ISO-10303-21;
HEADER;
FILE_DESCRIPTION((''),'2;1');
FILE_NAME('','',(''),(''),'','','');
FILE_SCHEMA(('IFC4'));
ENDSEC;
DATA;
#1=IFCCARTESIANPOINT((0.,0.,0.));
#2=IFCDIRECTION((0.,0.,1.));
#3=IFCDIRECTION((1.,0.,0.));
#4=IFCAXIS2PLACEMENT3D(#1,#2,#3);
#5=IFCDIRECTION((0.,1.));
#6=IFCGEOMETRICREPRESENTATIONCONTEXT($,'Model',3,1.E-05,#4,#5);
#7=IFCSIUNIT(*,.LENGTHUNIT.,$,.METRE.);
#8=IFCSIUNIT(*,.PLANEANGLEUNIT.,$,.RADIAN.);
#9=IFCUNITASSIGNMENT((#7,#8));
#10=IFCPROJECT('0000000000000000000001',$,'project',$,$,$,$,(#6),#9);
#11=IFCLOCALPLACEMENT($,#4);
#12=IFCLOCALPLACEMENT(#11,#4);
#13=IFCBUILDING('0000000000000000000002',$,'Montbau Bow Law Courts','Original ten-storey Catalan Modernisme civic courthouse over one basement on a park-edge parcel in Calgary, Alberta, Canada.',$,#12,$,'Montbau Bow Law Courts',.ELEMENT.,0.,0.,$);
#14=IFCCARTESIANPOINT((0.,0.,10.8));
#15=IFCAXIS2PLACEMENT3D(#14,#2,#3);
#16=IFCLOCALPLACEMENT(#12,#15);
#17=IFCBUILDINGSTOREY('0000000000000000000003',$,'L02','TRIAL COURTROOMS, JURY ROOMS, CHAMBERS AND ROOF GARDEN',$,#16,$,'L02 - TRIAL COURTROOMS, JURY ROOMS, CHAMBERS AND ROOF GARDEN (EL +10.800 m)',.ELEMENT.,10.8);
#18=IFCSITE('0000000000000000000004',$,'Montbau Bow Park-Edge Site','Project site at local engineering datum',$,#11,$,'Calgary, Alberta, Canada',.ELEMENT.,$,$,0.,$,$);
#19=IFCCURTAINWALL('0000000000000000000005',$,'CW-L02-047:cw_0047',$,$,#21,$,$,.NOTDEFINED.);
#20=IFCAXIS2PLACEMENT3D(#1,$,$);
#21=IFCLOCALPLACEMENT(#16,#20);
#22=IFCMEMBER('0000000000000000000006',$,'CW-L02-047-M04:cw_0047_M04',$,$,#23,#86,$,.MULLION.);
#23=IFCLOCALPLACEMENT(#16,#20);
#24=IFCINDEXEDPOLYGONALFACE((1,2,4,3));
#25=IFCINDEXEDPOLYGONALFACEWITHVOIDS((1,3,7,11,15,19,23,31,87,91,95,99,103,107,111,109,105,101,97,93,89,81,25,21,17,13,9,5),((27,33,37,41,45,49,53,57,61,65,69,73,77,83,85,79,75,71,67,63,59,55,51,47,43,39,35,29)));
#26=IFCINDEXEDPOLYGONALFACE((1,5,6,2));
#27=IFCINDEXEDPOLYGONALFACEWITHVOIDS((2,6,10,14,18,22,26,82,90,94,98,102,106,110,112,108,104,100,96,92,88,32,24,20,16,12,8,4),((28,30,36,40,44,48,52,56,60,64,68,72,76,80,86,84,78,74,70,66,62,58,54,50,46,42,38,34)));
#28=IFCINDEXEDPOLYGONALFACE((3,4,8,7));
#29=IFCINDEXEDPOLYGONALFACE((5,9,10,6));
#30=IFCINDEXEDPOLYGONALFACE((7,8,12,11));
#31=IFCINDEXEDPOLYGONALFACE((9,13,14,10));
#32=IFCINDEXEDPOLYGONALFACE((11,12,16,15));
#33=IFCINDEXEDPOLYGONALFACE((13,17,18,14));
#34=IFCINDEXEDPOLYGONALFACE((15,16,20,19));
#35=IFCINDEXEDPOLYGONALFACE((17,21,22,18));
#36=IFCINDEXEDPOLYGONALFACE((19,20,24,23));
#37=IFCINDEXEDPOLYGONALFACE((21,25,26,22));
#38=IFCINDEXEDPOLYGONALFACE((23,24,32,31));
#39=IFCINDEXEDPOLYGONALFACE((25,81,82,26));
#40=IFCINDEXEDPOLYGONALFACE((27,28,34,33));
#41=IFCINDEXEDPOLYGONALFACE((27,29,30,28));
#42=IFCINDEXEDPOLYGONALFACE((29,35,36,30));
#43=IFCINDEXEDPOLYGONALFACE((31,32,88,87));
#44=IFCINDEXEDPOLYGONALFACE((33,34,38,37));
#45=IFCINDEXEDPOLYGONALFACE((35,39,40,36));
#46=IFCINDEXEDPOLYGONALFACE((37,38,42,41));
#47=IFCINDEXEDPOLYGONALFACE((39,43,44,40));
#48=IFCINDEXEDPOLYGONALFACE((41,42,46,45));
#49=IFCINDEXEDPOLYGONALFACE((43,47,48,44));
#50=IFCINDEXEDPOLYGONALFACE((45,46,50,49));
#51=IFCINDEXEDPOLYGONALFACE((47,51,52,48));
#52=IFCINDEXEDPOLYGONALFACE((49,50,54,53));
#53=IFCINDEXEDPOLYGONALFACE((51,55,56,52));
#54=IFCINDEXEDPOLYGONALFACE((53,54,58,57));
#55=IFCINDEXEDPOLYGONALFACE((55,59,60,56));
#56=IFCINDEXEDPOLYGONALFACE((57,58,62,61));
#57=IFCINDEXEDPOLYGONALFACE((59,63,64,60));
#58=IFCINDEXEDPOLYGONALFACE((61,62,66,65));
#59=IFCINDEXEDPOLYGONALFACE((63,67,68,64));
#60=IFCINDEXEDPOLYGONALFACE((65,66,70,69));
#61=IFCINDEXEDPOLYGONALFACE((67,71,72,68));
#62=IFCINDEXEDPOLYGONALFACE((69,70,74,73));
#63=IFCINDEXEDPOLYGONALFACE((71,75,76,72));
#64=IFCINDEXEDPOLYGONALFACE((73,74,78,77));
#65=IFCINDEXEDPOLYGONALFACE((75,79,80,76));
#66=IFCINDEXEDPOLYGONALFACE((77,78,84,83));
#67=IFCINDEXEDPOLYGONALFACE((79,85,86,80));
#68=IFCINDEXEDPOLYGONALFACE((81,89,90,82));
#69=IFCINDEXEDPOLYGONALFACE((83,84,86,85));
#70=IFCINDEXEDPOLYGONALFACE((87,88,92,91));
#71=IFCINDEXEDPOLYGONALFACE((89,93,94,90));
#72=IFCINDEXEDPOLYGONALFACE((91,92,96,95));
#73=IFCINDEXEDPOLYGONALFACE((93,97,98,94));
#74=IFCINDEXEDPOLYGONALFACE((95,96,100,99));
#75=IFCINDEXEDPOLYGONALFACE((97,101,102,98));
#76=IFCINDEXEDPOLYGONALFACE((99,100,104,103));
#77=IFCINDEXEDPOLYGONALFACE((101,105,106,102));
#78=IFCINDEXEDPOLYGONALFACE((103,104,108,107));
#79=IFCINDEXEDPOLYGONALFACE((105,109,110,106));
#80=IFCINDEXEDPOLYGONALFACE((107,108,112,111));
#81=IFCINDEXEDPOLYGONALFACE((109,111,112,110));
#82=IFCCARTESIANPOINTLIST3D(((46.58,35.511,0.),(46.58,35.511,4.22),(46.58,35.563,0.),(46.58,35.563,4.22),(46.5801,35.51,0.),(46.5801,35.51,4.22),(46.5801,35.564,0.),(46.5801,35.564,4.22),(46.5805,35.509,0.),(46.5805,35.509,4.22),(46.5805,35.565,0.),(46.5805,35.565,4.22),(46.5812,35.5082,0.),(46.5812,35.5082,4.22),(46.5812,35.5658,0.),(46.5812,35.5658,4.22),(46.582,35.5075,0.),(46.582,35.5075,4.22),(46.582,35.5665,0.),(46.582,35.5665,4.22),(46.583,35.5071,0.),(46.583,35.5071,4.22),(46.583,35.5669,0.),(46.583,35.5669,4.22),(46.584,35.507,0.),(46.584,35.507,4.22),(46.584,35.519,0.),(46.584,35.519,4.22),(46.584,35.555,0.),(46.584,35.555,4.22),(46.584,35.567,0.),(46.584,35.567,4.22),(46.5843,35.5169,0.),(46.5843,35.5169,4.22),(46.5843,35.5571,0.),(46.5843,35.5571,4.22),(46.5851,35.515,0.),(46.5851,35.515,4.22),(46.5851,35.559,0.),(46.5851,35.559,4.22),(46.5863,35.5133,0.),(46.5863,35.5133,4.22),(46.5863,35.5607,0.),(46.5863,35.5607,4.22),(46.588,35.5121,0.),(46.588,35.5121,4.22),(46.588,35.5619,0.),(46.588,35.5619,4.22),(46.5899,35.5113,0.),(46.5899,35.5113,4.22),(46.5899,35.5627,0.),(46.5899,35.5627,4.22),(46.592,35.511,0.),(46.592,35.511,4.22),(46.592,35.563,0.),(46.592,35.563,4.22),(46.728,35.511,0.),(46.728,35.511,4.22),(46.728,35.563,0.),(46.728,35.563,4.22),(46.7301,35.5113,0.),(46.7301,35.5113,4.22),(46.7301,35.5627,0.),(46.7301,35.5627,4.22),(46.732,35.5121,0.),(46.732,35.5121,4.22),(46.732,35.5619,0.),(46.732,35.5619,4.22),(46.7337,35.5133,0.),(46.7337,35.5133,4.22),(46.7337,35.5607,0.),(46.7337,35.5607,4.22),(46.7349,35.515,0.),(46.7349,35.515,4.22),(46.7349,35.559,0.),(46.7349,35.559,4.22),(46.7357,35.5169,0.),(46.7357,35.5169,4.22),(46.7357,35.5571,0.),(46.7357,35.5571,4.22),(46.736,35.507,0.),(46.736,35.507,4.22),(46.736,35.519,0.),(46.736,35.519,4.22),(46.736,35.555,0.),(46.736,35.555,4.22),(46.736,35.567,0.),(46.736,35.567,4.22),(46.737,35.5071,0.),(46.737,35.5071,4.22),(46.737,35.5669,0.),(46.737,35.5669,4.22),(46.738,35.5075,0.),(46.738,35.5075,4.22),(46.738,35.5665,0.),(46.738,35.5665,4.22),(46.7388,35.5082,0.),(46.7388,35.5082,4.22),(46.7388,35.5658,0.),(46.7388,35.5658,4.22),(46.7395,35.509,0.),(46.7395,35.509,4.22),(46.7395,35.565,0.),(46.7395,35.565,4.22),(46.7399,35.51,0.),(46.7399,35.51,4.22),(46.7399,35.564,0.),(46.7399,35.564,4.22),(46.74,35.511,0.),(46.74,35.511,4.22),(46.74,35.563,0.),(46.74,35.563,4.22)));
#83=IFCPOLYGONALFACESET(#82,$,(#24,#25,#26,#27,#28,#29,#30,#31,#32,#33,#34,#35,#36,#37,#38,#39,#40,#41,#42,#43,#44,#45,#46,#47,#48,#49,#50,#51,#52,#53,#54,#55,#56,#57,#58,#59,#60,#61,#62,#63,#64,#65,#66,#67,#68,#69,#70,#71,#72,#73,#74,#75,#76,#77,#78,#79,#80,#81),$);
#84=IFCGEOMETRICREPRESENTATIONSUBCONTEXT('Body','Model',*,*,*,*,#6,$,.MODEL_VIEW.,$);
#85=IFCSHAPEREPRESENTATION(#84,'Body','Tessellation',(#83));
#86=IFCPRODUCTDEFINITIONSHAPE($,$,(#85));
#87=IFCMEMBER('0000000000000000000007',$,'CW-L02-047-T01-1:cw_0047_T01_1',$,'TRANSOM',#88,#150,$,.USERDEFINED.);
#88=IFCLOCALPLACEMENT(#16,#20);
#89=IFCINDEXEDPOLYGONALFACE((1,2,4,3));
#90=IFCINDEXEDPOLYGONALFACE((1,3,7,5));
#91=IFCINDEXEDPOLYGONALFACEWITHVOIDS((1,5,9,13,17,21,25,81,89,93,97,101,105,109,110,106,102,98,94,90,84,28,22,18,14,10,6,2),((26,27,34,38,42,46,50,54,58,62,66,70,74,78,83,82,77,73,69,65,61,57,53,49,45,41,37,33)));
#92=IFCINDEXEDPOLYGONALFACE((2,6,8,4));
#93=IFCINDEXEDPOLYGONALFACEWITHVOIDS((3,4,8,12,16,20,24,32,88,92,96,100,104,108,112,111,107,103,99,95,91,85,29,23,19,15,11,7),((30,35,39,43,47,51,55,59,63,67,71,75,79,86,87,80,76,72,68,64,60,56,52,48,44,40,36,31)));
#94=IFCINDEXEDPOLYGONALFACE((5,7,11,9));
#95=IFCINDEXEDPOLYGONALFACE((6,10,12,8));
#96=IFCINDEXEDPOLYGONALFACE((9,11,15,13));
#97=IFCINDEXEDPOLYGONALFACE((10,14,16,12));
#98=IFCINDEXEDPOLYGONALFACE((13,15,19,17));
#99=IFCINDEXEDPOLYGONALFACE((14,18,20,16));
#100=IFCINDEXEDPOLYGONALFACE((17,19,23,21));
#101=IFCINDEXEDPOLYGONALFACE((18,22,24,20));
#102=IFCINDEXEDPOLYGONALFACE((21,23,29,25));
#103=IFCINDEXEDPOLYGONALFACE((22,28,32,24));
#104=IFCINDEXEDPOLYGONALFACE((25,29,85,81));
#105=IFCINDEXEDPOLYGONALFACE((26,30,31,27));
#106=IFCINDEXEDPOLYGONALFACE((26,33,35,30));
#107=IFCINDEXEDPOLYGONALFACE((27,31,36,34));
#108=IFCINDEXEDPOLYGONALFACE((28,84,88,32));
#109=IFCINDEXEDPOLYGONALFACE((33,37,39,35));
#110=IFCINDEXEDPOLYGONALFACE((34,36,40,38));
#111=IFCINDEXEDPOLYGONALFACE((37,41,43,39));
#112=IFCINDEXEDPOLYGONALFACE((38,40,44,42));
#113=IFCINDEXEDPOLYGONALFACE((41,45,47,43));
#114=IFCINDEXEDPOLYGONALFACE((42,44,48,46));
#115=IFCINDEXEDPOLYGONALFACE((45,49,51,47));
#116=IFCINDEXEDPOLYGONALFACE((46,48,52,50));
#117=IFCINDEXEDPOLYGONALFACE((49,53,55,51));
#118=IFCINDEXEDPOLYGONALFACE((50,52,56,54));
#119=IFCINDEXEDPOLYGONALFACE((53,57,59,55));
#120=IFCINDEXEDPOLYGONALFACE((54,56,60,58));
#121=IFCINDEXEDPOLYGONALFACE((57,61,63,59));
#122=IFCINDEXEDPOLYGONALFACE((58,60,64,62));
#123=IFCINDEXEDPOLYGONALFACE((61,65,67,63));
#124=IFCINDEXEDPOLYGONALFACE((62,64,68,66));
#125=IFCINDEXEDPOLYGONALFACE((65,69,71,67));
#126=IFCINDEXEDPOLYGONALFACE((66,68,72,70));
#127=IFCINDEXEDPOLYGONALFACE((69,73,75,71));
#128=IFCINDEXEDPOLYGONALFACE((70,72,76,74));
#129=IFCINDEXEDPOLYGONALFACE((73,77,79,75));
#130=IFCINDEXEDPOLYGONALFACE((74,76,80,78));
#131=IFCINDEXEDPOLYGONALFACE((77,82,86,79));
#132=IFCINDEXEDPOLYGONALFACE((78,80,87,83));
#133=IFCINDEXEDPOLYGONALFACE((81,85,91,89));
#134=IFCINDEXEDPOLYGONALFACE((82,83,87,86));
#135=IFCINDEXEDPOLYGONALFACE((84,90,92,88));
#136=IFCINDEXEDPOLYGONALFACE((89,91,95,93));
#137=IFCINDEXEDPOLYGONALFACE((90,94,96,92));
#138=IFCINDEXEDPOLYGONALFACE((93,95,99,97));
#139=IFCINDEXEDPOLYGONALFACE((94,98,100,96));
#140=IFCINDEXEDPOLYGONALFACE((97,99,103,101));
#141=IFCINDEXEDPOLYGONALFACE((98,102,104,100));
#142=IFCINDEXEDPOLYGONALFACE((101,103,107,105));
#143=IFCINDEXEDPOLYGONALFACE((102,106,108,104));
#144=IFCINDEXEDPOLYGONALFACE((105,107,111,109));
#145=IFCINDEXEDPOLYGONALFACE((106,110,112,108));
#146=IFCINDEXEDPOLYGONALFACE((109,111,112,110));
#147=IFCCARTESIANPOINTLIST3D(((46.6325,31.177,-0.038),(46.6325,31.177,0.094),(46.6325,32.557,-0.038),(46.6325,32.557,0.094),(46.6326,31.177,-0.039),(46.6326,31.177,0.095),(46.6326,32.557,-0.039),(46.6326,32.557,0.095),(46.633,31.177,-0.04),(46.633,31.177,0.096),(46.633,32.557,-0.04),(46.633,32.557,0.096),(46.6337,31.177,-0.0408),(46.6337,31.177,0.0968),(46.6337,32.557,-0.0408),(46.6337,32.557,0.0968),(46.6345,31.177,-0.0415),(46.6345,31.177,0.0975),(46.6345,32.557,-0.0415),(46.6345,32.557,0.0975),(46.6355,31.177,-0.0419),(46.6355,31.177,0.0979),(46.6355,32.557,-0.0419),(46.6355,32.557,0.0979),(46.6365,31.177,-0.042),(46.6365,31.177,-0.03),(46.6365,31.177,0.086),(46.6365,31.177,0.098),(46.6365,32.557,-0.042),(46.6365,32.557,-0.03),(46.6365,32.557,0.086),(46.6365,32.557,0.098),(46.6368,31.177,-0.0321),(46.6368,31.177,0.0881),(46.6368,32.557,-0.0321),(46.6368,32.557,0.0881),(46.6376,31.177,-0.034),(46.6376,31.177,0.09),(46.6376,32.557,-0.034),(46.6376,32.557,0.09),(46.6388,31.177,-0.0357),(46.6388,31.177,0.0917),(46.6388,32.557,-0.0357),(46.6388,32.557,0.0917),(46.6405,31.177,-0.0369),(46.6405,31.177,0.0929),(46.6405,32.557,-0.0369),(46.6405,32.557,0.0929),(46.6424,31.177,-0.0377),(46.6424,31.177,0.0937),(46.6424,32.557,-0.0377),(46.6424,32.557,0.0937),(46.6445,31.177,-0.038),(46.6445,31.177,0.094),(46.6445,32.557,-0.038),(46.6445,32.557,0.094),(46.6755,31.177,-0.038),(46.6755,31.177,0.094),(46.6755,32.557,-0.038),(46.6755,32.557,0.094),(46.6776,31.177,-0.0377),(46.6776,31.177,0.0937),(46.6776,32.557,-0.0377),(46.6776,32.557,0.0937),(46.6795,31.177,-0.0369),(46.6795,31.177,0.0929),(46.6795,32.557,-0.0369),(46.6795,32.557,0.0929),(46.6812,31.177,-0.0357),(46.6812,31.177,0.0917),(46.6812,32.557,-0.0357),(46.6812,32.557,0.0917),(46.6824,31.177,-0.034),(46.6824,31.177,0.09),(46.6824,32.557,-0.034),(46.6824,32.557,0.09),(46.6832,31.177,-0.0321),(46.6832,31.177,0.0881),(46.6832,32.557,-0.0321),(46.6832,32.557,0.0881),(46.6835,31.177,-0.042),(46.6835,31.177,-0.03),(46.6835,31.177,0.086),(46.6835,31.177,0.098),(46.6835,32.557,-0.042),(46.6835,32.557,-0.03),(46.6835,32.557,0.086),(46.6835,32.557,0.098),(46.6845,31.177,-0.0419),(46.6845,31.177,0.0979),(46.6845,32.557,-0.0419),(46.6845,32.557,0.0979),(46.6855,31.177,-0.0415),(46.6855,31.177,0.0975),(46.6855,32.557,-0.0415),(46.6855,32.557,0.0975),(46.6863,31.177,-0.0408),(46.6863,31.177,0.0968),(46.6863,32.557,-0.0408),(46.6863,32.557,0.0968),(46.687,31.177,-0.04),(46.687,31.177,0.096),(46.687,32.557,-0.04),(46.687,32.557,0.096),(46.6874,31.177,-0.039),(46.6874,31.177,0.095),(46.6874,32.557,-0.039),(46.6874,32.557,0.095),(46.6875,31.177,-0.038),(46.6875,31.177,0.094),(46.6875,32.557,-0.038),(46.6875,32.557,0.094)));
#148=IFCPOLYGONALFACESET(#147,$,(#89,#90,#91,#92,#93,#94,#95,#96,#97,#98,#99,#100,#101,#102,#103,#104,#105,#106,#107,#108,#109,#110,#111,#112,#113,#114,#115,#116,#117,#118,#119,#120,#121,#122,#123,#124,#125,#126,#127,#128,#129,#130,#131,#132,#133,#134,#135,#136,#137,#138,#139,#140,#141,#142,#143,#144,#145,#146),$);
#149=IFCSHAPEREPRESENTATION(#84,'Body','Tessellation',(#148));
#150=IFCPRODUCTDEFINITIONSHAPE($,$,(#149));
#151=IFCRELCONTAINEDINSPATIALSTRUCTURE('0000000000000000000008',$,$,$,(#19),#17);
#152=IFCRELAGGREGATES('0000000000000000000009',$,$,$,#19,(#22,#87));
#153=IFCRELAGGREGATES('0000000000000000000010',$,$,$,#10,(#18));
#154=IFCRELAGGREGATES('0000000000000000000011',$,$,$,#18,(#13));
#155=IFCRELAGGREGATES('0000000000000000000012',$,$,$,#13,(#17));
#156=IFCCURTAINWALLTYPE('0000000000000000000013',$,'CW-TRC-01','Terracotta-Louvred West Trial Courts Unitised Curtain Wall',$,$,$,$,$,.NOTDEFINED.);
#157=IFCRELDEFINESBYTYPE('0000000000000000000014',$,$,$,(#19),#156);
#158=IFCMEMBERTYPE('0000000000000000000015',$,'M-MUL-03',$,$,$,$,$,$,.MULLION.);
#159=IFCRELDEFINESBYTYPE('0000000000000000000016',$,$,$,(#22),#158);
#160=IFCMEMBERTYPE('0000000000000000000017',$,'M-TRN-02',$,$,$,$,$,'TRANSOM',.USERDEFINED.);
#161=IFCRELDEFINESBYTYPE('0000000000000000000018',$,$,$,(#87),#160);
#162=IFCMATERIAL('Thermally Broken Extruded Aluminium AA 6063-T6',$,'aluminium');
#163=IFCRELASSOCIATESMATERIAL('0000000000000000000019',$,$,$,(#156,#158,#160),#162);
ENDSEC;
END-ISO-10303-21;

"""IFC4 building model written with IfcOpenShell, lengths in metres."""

from ifc_helpers import new_model, si_unit, direction, frame, origin_with_axes, origin_2d_with_axis, place, context, subcontext, project, spatial, hollow_rectangle, extrude, material, material_profile, profile_set, type_object, element, aggregate, save


model = new_model("IFC4")

# Units and contexts
model_context = context("Model", 3, precision=1e-05, world=origin_with_axes(), true_north=direction((0.0, 1.0)))
body_context = subcontext(model_context, "Body", "Model", "MODEL_VIEW")
ifc_project = project(units=[si_unit("LENGTHUNIT", "METRE"), si_unit("PLANEANGLEUNIT", "RADIAN")], contexts=[model_context])

# Site, building, storey
site_placement = place(None, origin_with_axes())
site = spatial("IfcSite", under=ifc_project, at=site_placement, Name="Montbau Bow Park-Edge Site", Description="Project site at local engineering datum", LongName="Calgary, Alberta, Canada", CompositionType="ELEMENT", RefElevation=0.0)
building_placement = place(site_placement, origin_with_axes())
building = spatial("IfcBuilding", under=site, at=building_placement, Name="Montbau Bow Law Courts", Description="Original ten-storey Catalan Modernisme civic courthouse over one basement on a park-edge parcel in Calgary, Alberta, Canada.", LongName="Montbau Bow Law Courts", CompositionType="ELEMENT", ElevationOfRefHeight=0.0, ElevationOfTerrain=0.0)
storey_placement = place(building_placement, frame((0.0, 0.0, 10.8), z_axis=(0.0, 0.0, 1.0), x_axis=(1.0, 0.0, 0.0)))
storey = spatial("IfcBuildingStorey", under=building, at=storey_placement, Name="L02", Description="TRIAL COURTROOMS, JURY ROOMS, CHAMBERS AND ROOF GARDEN", LongName="L02 - TRIAL COURTROOMS, JURY ROOMS, CHAMBERS AND ROOF GARDEN (EL +10.800 m)", CompositionType="ELEMENT", Elevation=10.8)

# Shared definitions
ifc_material_1 = material(Name="Thermally Broken Extruded Aluminium AA 6063-T6", Category="aluminium")
curtain_wall_type = type_object("IfcCurtainWallType", Name="CW-TRC-01", Description="Terracotta-Louvred West Trial Courts Unitised Curtain Wall", PredefinedType="NOTDEFINED", material=ifc_material_1)
ifc_material_profile_1 = material_profile(ifc_material_1, hollow_rectangle(XDim=0.06, YDim=0.16, WallThickness=0.004, InnerFilletRadius=0.008, OuterFilletRadius=0.004, at=origin_2d_with_axis()), Name="CWM-160X60", Category="Main", Priority=0)
ifc_profile_set_1 = profile_set([ifc_material_profile_1], Name="Thermally Broken Extruded Aluminium AA 6063-T6")
member_type_1 = type_object("IfcMemberType", Name="M-MUL-03", PredefinedType="MULLION", material=ifc_profile_set_1)

# Curtain wall, members
curtain_wall_1_placement = place(None, frame((46.66, 31.115, 10.8), z_axis=(0.0, 0.0, 1.0), x_axis=(1.0, 0.0, 0.0)))
curtain_wall_1 = element("IfcCurtainWall", 1, at=curtain_wall_1_placement, inside=storey, type_object=curtain_wall_type, Name="CW-L02-047:cw_0047", PredefinedType="NOTDEFINED")
member_1_placement = place(None, frame((46.66, 35.537, 10.8), z_axis=(0.0, 0.0, 1.0), x_axis=(0.0, 1.0, 0.0)))
member_1 = element("IfcMember", 2, at=member_1_placement, type_object=member_type_1, Name="CW-L02-047-M04:cw_0047_M04", PredefinedType="MULLION", context=body_context, shape_type="SweptSolid", body=[
    extrude(hollow_rectangle(XDim=0.06, YDim=0.16, WallThickness=0.004, InnerFilletRadius=0.008, OuterFilletRadius=0.004, at=origin_2d_with_axis()), origin_with_axes(), (0.0, 0.0, 1.0), 4.22),
])
ifc_material_profile_2 = material_profile(ifc_material_1, hollow_rectangle(XDim=0.055, YDim=0.14, WallThickness=0.004, InnerFilletRadius=0.008, OuterFilletRadius=0.004, at=origin_2d_with_axis()), Name="CWT-140X55", Category="Main", Priority=0)
ifc_profile_set_2 = profile_set([ifc_material_profile_2], Name="Thermally Broken Extruded Aluminium AA 6063-T6")
member_type_2 = type_object("IfcMemberType", Name="M-TRN-02", ElementType="TRANSOM", PredefinedType="USERDEFINED", material=ifc_profile_set_2)
member_2_placement = place(None, frame((46.66, 31.177, 10.828), z_axis=(0.0, 1.0, 0.0), x_axis=(-1.0, 0.0, 0.0)))
member_2 = element("IfcMember", 3, at=member_2_placement, type_object=member_type_2, Name="CW-L02-047-T01-1:cw_0047_T01_1", ObjectType="TRANSOM", PredefinedType="USERDEFINED", context=body_context, shape_type="SweptSolid", body=[
    extrude(hollow_rectangle(XDim=0.055, YDim=0.14, WallThickness=0.004, InnerFilletRadius=0.008, OuterFilletRadius=0.004, at=origin_2d_with_axis()), origin_with_axes(), (0.0, 0.0, 1.0), 1.38),
])
aggregate(curtain_wall_1, [member_1, member_2])

save(model, "model.ifc")
